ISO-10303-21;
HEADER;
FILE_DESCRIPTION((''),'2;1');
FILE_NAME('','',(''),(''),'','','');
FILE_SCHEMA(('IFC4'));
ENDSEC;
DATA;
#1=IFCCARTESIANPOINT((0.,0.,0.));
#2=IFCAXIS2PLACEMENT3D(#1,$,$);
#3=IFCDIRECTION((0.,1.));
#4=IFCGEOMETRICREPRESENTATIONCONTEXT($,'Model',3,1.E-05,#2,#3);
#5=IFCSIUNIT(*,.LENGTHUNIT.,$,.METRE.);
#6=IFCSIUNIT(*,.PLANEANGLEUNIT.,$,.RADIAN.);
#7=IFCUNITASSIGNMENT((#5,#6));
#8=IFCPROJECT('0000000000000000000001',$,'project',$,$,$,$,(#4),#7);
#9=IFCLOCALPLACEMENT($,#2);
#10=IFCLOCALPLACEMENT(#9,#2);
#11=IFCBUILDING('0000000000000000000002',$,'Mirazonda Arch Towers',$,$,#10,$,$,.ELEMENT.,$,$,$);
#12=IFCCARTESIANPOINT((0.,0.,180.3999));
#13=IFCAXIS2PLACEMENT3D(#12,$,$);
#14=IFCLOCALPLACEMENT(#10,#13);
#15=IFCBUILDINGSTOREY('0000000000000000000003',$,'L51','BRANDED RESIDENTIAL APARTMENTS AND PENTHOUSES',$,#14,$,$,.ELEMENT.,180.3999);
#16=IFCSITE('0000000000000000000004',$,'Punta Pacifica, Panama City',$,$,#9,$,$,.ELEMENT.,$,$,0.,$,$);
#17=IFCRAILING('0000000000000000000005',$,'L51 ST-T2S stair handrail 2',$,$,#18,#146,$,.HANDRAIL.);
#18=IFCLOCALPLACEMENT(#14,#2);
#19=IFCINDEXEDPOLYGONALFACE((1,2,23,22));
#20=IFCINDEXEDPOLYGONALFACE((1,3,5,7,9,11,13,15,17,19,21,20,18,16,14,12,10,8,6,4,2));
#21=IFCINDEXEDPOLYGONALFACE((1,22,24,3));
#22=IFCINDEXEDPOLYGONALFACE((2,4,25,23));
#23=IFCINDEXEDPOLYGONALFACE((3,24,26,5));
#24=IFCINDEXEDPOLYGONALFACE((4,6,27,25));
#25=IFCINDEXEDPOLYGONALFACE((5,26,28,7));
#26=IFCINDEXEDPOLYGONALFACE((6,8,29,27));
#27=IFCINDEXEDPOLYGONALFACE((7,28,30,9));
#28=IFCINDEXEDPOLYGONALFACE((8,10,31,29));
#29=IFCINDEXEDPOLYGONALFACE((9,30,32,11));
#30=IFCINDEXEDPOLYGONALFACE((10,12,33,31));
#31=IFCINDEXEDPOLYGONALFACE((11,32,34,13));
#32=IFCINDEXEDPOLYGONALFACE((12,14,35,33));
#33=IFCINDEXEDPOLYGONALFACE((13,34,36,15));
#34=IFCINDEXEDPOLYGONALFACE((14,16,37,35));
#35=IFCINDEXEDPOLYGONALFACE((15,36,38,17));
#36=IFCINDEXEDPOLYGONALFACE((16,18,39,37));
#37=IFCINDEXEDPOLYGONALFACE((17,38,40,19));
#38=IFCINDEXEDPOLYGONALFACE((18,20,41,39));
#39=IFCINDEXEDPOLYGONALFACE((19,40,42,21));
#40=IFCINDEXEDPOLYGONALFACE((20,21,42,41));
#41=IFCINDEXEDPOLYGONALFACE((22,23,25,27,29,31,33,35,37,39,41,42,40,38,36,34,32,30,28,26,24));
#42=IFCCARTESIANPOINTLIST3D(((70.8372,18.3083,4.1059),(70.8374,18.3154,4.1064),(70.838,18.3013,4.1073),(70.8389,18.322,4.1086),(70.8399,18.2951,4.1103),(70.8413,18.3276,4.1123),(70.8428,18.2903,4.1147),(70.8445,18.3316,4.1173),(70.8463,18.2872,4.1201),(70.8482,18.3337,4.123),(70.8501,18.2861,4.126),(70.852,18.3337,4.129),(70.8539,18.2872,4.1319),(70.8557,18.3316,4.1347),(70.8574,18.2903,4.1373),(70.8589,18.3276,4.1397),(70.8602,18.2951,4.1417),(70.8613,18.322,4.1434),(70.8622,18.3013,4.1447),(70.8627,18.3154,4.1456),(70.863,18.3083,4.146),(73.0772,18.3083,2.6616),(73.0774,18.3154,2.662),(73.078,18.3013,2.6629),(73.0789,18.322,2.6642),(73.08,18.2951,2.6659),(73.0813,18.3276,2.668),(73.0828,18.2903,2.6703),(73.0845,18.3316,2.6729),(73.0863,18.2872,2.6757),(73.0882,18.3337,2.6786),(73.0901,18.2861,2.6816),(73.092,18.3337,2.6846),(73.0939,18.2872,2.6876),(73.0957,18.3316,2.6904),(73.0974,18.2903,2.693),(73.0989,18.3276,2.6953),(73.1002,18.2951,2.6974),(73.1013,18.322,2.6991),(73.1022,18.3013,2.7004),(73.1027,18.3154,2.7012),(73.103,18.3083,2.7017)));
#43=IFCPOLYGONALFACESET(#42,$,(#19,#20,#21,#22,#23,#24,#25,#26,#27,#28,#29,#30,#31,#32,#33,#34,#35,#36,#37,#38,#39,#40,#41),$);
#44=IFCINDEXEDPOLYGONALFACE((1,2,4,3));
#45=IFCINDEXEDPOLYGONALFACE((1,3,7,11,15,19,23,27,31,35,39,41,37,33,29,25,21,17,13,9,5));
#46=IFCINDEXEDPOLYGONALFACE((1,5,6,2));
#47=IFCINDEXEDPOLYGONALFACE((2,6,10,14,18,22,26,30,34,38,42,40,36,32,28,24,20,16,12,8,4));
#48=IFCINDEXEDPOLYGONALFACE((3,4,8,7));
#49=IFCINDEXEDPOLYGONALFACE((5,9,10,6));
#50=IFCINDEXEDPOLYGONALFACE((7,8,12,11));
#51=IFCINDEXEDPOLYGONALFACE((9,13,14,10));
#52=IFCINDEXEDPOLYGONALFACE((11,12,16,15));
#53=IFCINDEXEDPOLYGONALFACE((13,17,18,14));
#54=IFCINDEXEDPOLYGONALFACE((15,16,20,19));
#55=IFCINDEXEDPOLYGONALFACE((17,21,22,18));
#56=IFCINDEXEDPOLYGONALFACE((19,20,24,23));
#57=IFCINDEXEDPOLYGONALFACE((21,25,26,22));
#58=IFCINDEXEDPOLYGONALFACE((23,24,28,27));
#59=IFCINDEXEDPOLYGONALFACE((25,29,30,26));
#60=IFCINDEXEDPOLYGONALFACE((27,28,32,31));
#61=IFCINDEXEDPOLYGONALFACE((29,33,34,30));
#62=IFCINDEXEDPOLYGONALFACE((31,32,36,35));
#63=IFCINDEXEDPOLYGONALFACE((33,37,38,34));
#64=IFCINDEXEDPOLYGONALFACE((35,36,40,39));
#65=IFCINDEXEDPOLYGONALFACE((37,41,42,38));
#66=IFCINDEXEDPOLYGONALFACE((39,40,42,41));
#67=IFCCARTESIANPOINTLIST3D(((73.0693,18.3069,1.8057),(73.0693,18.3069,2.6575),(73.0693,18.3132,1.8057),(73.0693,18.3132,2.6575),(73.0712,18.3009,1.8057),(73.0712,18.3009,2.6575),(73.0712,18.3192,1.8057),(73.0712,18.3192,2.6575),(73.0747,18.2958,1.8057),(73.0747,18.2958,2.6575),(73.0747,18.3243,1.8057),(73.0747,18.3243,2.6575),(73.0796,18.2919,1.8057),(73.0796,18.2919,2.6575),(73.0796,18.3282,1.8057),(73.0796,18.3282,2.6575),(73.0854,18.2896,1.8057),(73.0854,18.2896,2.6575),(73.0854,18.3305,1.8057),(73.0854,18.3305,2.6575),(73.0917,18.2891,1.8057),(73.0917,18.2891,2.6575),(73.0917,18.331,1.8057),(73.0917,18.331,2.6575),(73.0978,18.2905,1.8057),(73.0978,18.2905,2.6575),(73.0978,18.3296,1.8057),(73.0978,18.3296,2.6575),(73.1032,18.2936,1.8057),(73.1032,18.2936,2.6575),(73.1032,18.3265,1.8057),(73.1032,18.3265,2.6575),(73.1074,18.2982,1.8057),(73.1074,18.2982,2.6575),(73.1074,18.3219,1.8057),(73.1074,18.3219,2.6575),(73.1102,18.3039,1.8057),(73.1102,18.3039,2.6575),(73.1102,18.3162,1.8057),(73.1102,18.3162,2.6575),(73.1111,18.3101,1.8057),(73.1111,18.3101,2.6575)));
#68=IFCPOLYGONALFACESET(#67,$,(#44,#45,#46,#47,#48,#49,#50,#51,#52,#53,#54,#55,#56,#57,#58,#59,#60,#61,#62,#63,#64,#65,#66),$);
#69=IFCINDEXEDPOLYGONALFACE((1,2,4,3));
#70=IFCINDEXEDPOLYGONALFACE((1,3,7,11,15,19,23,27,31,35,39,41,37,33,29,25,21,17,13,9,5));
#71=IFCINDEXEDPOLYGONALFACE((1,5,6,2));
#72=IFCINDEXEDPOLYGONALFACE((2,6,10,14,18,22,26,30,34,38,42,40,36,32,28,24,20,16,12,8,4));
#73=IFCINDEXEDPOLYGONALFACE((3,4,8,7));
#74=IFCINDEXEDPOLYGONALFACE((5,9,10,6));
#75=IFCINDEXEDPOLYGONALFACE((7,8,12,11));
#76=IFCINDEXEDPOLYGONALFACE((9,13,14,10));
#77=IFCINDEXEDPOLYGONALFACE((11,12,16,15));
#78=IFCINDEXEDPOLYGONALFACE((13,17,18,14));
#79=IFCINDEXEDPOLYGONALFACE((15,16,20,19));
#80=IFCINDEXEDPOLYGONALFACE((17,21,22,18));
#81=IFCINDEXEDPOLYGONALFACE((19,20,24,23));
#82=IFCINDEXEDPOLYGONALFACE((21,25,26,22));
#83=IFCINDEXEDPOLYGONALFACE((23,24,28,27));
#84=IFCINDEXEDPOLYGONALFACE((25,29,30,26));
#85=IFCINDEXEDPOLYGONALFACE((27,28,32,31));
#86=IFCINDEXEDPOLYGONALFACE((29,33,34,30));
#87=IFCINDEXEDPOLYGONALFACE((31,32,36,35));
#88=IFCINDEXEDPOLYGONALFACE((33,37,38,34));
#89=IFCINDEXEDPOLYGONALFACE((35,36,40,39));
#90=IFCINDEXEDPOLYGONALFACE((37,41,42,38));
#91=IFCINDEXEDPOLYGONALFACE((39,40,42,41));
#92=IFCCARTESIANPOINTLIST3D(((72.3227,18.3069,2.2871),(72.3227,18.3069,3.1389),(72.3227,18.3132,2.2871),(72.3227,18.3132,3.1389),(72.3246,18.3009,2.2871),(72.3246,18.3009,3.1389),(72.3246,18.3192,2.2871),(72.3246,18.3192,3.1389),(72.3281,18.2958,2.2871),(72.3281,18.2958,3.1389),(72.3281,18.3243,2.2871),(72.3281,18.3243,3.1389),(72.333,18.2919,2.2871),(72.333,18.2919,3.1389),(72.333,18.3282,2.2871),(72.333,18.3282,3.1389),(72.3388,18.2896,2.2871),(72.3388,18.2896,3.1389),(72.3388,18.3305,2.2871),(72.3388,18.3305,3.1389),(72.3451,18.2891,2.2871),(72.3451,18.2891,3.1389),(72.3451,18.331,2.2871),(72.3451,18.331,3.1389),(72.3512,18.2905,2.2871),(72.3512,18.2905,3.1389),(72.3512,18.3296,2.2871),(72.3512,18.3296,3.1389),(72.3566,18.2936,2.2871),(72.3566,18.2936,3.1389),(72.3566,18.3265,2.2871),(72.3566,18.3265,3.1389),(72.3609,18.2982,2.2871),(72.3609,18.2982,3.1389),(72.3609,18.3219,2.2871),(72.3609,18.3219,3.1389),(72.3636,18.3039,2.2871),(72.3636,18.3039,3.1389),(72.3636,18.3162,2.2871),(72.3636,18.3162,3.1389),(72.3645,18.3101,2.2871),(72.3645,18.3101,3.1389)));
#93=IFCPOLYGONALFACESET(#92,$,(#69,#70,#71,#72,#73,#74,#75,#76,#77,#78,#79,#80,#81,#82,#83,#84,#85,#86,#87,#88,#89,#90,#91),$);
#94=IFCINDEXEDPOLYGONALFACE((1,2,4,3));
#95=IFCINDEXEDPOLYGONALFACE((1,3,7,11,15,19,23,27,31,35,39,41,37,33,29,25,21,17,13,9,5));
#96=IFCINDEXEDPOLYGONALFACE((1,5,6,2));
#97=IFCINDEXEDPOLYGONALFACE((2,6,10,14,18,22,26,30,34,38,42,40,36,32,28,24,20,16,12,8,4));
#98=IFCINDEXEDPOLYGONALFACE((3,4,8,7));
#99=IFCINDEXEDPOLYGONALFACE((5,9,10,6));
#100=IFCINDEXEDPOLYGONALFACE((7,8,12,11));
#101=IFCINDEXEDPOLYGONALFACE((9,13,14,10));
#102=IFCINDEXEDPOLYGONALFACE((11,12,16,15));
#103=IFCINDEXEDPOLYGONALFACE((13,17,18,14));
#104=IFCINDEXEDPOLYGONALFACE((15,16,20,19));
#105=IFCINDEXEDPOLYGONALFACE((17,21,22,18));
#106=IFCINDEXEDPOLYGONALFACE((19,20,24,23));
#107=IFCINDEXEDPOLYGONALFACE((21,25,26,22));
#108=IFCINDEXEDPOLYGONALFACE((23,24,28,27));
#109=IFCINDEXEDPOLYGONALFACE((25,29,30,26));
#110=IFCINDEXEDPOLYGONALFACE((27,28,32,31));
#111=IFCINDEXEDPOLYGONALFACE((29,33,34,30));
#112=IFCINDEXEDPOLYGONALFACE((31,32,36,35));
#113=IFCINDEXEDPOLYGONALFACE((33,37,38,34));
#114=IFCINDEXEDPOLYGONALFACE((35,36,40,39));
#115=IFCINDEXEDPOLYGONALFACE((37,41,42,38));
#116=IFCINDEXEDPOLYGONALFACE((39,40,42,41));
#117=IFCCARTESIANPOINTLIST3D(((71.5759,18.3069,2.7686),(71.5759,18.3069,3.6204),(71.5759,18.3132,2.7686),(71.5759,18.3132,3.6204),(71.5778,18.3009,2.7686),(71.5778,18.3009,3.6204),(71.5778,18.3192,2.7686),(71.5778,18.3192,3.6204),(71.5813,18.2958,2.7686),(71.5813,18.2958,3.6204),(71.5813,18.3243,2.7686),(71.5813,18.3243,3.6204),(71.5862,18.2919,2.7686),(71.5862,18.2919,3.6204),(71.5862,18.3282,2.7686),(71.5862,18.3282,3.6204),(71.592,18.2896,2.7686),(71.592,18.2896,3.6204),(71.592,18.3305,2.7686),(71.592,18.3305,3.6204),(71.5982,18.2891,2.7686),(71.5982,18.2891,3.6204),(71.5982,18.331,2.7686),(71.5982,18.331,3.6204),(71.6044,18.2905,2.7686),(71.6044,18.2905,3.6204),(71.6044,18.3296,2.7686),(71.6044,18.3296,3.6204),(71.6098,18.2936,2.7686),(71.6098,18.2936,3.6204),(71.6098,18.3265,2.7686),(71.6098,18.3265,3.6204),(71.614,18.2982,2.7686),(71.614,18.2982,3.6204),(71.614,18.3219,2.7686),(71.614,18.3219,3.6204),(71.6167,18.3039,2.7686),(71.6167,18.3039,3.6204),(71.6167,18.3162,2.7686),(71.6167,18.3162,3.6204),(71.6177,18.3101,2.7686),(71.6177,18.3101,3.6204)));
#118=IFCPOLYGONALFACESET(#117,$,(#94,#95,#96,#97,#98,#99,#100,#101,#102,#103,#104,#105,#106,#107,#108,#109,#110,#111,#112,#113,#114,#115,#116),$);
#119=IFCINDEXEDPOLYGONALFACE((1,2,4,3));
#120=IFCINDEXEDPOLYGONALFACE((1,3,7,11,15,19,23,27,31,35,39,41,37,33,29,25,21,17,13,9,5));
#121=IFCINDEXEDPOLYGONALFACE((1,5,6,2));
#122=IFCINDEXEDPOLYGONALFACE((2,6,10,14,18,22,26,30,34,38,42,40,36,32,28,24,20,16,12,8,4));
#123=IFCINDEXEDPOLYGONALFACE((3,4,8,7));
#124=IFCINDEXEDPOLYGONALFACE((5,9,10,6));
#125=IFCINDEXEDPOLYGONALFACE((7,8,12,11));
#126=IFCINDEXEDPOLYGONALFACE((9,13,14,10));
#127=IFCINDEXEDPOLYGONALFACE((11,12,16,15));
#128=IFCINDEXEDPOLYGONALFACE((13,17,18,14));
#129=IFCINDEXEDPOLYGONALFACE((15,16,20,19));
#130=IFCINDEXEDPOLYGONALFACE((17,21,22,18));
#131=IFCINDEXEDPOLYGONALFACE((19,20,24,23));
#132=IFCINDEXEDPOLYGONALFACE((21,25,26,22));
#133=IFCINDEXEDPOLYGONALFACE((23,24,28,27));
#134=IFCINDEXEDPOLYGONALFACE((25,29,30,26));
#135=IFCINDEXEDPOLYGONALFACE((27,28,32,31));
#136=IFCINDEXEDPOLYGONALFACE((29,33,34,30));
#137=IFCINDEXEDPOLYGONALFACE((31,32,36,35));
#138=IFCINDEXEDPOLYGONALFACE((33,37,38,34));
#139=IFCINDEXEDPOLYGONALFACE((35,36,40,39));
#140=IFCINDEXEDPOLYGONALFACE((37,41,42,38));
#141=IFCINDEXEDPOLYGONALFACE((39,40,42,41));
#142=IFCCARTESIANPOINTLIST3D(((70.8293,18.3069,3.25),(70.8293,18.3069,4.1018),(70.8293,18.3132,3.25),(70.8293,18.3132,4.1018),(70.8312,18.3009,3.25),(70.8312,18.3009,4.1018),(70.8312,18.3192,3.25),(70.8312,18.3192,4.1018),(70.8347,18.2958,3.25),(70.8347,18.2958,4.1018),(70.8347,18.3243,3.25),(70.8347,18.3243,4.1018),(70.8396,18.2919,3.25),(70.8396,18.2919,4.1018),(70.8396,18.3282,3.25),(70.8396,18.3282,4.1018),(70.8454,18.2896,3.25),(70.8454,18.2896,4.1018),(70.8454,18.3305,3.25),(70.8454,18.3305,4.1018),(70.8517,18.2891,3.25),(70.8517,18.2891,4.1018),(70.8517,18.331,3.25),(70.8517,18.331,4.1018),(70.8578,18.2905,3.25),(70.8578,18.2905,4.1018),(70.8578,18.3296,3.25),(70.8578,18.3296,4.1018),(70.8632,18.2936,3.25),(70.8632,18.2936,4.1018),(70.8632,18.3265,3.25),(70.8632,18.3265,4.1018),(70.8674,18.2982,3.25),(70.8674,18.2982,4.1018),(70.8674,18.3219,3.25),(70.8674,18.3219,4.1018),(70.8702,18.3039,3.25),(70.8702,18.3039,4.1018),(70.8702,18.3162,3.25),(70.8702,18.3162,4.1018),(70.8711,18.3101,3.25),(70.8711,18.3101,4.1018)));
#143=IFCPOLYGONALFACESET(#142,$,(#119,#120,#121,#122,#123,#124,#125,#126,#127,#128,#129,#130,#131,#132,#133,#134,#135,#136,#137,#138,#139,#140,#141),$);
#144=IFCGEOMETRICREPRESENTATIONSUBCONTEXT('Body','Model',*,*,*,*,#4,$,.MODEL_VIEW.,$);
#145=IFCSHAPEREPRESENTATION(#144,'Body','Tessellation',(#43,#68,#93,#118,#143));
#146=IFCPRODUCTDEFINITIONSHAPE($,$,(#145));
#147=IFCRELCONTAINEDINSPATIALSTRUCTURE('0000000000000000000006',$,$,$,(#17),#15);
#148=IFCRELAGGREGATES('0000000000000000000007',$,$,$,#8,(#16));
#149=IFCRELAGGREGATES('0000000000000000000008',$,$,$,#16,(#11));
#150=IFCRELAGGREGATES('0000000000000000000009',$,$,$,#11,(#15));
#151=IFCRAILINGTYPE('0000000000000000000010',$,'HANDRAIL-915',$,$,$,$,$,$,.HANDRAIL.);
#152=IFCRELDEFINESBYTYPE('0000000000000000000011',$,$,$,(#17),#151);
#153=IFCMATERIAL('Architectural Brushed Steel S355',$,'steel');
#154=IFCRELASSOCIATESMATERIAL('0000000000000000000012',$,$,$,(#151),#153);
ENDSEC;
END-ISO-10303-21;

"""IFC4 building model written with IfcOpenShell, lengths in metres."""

from ifc_helpers import new_model, si_unit, direction, frame, origin, origin_2d, place, context, subcontext, project, spatial, circle, extrude, material, type_object, element, save


model = new_model("IFC4")

# Units and contexts
model_context = context("Model", 3, precision=1e-05, world=origin(), true_north=direction((0.0, 1.0)))
body_context = subcontext(model_context, "Body", "Model", "MODEL_VIEW")
ifc_project = project(units=[si_unit("LENGTHUNIT", "METRE"), si_unit("PLANEANGLEUNIT", "RADIAN")], contexts=[model_context])

# Site, building, storey
site_placement = place(None, origin())
site = spatial("IfcSite", under=ifc_project, at=site_placement, Name="Punta Pacifica, Panama City", CompositionType="ELEMENT", RefElevation=0.0)
building_placement = place(site_placement, origin())
building = spatial("IfcBuilding", under=site, at=building_placement, Name="Mirazonda Arch Towers", CompositionType="ELEMENT")
storey_placement = place(building_placement, frame((0.0, 0.0, 180.3999)))
storey = spatial("IfcBuildingStorey", under=building, at=storey_placement, Name="L51", Description="BRANDED RESIDENTIAL APARTMENTS AND PENTHOUSES", CompositionType="ELEMENT", Elevation=180.3999)

# Shared definitions
ifc_material_1 = material(Name="Architectural Brushed Steel S355", Category="steel")

# Railing
railing_type_1 = type_object("IfcRailingType", Name="HANDRAIL-915", PredefinedType="HANDRAIL", material=ifc_material_1)
railing_1_placement = place(storey_placement, frame((73.0901, 18.3101, 1.8057)))
element("IfcRailing", 1, at=railing_1_placement, inside=storey, type_object=railing_type_1, Name="L51 ST-T2S stair handrail 2", PredefinedType="HANDRAIL", context=body_context, shape_type="SweptSolid", body=[
    extrude(circle(Radius=0.0239, at=origin_2d()), frame((0.0, 0.0, 0.876), z_axis=(-0.840437, 0.0, 0.54191), x_axis=(0.0, -1.0, 0.0)), (0.0, 0.0, 1.0), 2.6653),
    extrude(circle(Radius=0.021, at=origin_2d()), origin(), (0.0, 0.0, 1.0), 0.8518),
    extrude(circle(Radius=0.021, at=origin_2d()), frame((-0.7466, 0.0, 0.4814)), (0.0, 0.0, 1.0), 0.8518),
    extrude(circle(Radius=0.021, at=origin_2d()), frame((-1.4934, 0.0, 0.9629)), (0.0, 0.0, 1.0), 0.8518),
    extrude(circle(Radius=0.021, at=origin_2d()), frame((-2.24, 0.0, 1.4443)), (0.0, 0.0, 1.0), 0.8518),
])

save(model, "model.ifc")
